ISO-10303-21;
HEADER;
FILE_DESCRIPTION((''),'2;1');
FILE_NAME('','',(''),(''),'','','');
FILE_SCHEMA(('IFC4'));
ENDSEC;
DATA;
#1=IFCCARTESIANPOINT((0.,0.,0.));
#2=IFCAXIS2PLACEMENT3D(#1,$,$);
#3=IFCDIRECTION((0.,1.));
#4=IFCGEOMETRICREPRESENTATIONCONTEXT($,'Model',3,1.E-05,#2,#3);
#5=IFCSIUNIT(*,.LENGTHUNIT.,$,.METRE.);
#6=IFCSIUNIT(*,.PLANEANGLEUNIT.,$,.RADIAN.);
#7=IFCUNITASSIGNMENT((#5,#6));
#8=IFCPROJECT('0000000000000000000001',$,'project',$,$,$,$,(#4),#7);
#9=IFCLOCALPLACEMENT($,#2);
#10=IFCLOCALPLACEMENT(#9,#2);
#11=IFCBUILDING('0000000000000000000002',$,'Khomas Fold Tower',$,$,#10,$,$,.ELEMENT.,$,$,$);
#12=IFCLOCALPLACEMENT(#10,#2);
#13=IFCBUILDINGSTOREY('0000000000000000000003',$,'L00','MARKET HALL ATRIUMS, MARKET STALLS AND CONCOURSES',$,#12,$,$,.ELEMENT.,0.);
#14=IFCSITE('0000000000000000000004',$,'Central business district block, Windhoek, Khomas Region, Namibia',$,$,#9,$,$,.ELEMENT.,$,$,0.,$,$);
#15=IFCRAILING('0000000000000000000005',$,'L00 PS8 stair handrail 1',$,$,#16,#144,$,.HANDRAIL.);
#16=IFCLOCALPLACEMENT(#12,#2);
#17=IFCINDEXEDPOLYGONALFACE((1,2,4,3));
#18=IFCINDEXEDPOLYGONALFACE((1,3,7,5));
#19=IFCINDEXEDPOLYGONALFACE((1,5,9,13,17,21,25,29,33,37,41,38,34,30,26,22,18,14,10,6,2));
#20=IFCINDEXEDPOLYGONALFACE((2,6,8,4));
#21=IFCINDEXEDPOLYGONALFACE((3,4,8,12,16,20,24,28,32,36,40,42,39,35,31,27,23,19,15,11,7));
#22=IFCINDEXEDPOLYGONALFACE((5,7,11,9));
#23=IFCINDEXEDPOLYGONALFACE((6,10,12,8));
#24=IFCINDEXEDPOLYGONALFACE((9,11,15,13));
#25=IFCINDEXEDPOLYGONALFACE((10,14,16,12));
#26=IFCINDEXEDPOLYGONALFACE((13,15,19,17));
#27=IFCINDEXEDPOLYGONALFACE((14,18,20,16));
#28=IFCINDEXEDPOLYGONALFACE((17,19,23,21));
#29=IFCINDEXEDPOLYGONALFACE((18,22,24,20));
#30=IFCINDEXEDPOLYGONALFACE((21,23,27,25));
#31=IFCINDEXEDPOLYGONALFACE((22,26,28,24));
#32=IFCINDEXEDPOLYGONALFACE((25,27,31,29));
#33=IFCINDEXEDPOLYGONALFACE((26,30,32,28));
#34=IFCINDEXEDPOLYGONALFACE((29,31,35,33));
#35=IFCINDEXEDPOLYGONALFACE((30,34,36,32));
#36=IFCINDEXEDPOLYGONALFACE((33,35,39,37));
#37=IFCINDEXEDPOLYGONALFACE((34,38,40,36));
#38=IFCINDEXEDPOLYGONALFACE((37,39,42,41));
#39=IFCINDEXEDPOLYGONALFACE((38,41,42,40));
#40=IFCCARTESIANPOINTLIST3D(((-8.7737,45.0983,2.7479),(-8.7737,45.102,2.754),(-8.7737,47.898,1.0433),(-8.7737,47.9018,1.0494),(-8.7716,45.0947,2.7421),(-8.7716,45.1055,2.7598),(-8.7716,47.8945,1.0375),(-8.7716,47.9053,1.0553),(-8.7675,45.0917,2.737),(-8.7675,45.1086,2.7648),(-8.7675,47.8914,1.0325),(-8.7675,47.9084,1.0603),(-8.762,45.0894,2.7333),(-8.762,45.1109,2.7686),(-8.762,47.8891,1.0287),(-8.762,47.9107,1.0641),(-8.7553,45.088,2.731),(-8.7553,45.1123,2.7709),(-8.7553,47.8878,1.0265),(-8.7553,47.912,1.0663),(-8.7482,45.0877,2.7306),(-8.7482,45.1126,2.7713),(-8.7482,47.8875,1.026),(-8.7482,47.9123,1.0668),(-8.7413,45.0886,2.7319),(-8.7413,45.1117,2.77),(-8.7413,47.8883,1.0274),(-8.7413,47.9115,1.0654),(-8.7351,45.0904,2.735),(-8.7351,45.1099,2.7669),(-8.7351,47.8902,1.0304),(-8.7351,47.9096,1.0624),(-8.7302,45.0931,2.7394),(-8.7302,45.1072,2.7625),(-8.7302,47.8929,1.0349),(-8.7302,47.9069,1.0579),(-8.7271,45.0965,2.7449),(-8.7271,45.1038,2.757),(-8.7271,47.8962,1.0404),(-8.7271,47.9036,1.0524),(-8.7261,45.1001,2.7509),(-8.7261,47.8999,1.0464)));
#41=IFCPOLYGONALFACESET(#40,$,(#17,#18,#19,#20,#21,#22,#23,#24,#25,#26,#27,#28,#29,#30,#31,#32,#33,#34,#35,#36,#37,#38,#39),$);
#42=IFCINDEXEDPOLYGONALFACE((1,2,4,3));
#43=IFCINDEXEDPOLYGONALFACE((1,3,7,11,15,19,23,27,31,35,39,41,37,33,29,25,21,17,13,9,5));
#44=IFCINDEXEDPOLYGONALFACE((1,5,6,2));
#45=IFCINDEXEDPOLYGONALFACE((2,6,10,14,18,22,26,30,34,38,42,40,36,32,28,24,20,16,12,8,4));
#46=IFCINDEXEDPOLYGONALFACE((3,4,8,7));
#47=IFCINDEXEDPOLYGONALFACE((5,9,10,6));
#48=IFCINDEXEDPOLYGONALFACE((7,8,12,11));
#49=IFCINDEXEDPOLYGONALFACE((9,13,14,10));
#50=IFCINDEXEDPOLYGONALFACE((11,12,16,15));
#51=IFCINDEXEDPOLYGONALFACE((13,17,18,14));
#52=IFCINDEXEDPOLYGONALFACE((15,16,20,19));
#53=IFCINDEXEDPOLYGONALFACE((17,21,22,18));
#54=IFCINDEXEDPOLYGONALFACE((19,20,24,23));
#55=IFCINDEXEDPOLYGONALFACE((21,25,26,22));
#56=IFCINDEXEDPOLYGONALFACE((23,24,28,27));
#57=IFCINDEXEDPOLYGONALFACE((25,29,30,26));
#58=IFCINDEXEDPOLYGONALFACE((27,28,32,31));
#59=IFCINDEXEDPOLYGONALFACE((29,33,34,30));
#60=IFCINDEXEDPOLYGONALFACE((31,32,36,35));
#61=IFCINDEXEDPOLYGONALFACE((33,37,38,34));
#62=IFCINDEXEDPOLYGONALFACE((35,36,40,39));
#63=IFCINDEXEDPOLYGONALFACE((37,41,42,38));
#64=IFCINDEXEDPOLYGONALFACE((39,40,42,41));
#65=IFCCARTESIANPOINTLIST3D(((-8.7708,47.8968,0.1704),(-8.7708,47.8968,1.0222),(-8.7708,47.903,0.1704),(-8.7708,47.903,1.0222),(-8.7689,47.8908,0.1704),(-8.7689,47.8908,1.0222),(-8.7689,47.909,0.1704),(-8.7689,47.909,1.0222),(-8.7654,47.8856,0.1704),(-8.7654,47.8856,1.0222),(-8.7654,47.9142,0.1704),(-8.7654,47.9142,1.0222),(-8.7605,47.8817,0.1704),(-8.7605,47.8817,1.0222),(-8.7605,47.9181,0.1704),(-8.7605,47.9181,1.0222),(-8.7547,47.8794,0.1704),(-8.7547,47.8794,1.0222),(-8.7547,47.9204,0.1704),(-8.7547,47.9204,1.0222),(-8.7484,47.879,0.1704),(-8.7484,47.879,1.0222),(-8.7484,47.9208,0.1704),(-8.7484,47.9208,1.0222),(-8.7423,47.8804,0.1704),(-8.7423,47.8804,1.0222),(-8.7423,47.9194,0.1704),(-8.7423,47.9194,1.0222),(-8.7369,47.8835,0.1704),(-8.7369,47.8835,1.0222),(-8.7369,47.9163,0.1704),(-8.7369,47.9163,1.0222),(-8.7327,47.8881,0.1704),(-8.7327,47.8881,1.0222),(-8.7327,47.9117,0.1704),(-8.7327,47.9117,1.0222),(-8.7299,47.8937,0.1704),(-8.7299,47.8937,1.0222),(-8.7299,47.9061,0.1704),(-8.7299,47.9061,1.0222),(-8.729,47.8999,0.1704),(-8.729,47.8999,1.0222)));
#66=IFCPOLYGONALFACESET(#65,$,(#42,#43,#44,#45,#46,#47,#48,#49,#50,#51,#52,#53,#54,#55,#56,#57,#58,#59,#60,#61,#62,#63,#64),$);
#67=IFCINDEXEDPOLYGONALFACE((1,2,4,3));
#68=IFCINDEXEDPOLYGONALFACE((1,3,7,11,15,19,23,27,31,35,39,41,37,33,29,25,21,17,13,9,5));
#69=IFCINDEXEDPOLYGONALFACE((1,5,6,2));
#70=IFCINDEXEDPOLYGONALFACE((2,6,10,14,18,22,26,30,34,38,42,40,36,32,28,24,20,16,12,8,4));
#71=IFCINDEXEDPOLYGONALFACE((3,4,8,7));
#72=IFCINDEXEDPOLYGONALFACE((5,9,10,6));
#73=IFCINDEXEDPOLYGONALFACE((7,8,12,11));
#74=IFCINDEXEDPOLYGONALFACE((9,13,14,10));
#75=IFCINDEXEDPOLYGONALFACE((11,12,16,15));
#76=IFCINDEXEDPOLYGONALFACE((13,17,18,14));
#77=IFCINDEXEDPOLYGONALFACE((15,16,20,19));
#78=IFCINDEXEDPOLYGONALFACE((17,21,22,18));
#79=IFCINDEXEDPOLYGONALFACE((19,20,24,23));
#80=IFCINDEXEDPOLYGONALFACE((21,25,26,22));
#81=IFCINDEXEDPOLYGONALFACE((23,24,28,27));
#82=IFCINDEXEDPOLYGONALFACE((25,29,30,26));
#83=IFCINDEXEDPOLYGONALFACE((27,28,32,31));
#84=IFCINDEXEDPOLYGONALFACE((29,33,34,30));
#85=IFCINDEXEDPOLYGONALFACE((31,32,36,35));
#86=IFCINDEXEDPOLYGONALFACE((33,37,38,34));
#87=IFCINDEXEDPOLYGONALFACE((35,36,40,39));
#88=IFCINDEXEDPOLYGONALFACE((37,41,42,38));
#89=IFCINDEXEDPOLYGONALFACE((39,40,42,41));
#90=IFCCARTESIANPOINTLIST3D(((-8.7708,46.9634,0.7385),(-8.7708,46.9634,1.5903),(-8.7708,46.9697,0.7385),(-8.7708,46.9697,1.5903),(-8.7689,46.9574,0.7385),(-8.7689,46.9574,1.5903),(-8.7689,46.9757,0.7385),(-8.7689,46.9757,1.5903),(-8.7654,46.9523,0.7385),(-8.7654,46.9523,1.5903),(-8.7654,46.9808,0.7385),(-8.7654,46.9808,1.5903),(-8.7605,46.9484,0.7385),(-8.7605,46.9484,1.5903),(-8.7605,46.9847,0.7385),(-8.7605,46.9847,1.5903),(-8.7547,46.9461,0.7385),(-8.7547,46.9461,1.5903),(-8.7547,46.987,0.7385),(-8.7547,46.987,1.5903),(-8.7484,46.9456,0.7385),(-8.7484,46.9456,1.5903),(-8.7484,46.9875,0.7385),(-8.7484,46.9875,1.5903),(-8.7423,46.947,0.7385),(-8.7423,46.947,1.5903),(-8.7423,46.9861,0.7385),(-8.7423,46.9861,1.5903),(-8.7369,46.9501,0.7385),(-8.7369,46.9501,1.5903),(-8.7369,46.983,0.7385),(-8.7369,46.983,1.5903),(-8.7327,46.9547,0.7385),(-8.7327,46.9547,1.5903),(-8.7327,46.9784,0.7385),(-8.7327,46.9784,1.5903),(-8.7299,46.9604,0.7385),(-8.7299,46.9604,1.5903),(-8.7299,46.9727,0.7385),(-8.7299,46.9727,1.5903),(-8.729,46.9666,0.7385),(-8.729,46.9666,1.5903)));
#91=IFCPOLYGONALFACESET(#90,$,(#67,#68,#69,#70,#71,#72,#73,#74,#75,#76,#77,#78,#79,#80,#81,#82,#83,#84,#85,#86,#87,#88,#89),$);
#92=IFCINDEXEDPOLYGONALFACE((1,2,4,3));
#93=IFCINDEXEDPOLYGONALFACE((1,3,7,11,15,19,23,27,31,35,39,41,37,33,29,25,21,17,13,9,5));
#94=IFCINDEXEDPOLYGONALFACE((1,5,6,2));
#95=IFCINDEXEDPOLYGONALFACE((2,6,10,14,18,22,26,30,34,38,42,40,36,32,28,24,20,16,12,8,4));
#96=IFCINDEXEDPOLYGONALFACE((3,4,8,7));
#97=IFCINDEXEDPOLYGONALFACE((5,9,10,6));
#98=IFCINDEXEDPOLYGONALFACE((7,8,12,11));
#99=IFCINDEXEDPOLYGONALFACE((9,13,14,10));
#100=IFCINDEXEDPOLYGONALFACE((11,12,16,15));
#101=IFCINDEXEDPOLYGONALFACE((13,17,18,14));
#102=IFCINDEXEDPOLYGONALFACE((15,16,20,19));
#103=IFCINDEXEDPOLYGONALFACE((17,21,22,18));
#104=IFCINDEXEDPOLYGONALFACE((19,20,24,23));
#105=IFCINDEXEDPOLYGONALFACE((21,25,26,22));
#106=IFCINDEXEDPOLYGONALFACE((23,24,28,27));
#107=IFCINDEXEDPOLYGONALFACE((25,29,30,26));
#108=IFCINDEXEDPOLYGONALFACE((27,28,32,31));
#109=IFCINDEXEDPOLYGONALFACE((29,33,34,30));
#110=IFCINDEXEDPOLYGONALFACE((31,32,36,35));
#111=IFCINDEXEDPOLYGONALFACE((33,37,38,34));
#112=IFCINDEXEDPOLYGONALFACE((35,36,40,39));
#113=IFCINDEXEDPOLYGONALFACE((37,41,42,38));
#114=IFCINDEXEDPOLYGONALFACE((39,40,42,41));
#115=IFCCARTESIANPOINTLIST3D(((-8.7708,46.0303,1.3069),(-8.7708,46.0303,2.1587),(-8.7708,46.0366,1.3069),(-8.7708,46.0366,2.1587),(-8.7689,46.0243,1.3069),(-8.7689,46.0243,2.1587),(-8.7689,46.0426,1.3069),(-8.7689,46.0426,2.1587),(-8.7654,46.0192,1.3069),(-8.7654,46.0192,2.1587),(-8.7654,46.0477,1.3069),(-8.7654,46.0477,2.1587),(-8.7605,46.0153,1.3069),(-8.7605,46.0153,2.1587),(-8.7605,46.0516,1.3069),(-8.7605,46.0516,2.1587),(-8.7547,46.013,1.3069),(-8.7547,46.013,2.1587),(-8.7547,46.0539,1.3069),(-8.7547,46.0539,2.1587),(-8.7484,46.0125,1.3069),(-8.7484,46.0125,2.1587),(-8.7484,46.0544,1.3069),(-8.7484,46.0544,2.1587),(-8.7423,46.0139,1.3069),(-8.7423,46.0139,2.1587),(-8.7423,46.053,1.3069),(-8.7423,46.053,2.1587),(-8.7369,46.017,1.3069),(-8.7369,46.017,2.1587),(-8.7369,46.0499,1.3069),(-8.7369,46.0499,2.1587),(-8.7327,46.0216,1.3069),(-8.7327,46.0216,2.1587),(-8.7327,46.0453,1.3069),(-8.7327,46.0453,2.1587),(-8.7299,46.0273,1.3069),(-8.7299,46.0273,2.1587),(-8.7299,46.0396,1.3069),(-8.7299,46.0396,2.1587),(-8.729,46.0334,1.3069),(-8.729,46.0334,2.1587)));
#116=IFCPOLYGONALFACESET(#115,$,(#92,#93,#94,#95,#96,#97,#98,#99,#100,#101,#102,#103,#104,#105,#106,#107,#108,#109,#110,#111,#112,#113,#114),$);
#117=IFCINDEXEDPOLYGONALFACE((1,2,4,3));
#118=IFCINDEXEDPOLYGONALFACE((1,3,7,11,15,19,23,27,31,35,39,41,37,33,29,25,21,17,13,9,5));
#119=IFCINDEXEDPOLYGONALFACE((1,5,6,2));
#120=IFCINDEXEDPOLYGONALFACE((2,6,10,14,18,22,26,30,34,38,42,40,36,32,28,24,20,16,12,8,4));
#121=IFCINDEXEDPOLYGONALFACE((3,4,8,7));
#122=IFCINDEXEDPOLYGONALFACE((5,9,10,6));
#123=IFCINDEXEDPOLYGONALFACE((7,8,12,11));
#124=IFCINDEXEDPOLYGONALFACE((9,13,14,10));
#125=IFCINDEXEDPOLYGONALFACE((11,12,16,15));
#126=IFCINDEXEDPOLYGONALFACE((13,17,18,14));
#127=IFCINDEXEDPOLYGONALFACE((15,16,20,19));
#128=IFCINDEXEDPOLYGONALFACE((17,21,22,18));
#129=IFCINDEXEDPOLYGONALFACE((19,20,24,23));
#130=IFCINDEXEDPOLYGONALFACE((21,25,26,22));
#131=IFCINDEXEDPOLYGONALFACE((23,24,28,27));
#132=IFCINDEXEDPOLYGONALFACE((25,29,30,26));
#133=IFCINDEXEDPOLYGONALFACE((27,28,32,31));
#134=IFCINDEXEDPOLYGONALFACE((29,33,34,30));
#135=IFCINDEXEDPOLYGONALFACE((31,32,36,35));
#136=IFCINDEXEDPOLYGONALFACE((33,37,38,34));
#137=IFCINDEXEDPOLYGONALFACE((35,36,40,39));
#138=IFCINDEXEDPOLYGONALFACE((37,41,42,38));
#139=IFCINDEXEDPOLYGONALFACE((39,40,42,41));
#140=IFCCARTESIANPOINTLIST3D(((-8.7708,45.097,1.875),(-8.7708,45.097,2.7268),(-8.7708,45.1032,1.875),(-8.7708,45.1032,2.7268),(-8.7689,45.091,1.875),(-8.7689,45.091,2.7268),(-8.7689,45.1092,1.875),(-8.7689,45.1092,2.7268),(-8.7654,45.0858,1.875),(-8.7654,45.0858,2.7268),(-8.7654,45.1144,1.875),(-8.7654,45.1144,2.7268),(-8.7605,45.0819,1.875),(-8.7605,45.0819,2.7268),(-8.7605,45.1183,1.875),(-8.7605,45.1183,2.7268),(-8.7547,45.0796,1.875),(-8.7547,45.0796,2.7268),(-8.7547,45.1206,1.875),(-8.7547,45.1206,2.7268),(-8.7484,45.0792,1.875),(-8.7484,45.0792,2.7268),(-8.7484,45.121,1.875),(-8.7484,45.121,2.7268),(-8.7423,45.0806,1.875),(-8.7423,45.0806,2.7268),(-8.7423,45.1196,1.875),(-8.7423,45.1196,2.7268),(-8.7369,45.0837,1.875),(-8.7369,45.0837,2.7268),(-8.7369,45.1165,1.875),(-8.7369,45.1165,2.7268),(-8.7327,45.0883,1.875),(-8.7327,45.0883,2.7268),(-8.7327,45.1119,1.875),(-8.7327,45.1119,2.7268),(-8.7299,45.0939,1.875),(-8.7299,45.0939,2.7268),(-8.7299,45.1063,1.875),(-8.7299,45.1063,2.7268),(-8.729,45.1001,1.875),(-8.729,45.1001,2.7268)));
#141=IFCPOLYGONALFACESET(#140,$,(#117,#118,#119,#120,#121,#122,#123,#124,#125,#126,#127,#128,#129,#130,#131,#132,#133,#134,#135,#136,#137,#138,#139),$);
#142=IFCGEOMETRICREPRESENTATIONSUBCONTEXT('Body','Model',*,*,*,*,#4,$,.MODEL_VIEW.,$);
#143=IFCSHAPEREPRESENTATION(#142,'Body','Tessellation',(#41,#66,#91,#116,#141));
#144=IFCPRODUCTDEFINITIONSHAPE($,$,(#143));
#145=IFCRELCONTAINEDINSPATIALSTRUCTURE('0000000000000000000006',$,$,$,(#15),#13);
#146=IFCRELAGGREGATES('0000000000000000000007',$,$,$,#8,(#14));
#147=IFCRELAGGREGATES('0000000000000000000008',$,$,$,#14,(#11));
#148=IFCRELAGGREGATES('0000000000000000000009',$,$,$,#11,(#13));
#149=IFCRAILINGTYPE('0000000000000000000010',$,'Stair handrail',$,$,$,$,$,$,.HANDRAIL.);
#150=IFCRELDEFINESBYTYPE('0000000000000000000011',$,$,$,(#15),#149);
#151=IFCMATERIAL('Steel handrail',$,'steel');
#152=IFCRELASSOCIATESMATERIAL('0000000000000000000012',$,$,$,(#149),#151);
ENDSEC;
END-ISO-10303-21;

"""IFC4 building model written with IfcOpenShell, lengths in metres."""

from ifc_helpers import new_model, si_unit, direction, frame, origin, origin_2d, place, context, subcontext, project, spatial, circle, extrude, source, transform, mapped, material, type_object, element, save


model = new_model("IFC4")

# Units and contexts
model_context = context("Model", 3, precision=1e-05, world=origin(), true_north=direction((0.0, 1.0)))
body_context = subcontext(model_context, "Body", "Model", "MODEL_VIEW")
ifc_project = project(units=[si_unit("LENGTHUNIT", "METRE"), si_unit("PLANEANGLEUNIT", "RADIAN")], contexts=[model_context])

# Site, building, storey
site_placement = place(None, origin())
site = spatial("IfcSite", under=ifc_project, at=site_placement, Name="Central business district block, Windhoek, Khomas Region, Namibia", CompositionType="ELEMENT", RefElevation=0.0)
building_placement = place(site_placement, origin())
building = spatial("IfcBuilding", under=site, at=building_placement, Name="Khomas Fold Tower", CompositionType="ELEMENT")
storey_placement = place(building_placement, origin())
storey = spatial("IfcBuildingStorey", under=building, at=storey_placement, Name="L00", Description="MARKET HALL ATRIUMS, MARKET STALLS AND CONCOURSES", CompositionType="ELEMENT", Elevation=0.0)

# Railing
ifc_material_1 = material(Name="Steel handrail", Category="steel")
railing_type_1 = type_object("IfcRailingType", Name="Stair handrail", PredefinedType="HANDRAIL", material=ifc_material_1)
shared_shape_1 = source(origin(), body_context, "Body", "SweptSolid", [
    extrude(circle(Radius=0.0239, at=origin_2d()), frame((0.0, 0.0, 0.876), z_axis=(0.0, -0.85415, 0.520027), x_axis=(1.0, 0.0, 0.0)), (0.0, 0.0, 1.0), 3.2778),
    extrude(circle(Radius=0.021, at=origin_2d()), origin(), (0.0, 0.0, 1.0), 0.8518),
    extrude(circle(Radius=0.021, at=origin_2d()), frame((0.0, -0.9333, 0.5681)), (0.0, 0.0, 1.0), 0.8518),
    extrude(circle(Radius=0.021, at=origin_2d()), frame((0.0, -1.8665, 1.1365)), (0.0, 0.0, 1.0), 0.8518),
    extrude(circle(Radius=0.021, at=origin_2d()), frame((0.0, -2.7998, 1.7046)), (0.0, 0.0, 1.0), 0.8518),
])
for number, where, name in (
    (1, (-8.75, 47.8999, 0.1704), "L00 PS8 stair handrail 1"),
):
    element("IfcRailing", number, at=place(storey_placement, frame(where)), inside=storey, type_object=railing_type_1, Name=name, PredefinedType="HANDRAIL", context=body_context, shape_type="MappedRepresentation", body=[
        mapped(shared_shape_1, transform((0.0, 0.0, 0.0))),
    ])

save(model, "model.ifc")
